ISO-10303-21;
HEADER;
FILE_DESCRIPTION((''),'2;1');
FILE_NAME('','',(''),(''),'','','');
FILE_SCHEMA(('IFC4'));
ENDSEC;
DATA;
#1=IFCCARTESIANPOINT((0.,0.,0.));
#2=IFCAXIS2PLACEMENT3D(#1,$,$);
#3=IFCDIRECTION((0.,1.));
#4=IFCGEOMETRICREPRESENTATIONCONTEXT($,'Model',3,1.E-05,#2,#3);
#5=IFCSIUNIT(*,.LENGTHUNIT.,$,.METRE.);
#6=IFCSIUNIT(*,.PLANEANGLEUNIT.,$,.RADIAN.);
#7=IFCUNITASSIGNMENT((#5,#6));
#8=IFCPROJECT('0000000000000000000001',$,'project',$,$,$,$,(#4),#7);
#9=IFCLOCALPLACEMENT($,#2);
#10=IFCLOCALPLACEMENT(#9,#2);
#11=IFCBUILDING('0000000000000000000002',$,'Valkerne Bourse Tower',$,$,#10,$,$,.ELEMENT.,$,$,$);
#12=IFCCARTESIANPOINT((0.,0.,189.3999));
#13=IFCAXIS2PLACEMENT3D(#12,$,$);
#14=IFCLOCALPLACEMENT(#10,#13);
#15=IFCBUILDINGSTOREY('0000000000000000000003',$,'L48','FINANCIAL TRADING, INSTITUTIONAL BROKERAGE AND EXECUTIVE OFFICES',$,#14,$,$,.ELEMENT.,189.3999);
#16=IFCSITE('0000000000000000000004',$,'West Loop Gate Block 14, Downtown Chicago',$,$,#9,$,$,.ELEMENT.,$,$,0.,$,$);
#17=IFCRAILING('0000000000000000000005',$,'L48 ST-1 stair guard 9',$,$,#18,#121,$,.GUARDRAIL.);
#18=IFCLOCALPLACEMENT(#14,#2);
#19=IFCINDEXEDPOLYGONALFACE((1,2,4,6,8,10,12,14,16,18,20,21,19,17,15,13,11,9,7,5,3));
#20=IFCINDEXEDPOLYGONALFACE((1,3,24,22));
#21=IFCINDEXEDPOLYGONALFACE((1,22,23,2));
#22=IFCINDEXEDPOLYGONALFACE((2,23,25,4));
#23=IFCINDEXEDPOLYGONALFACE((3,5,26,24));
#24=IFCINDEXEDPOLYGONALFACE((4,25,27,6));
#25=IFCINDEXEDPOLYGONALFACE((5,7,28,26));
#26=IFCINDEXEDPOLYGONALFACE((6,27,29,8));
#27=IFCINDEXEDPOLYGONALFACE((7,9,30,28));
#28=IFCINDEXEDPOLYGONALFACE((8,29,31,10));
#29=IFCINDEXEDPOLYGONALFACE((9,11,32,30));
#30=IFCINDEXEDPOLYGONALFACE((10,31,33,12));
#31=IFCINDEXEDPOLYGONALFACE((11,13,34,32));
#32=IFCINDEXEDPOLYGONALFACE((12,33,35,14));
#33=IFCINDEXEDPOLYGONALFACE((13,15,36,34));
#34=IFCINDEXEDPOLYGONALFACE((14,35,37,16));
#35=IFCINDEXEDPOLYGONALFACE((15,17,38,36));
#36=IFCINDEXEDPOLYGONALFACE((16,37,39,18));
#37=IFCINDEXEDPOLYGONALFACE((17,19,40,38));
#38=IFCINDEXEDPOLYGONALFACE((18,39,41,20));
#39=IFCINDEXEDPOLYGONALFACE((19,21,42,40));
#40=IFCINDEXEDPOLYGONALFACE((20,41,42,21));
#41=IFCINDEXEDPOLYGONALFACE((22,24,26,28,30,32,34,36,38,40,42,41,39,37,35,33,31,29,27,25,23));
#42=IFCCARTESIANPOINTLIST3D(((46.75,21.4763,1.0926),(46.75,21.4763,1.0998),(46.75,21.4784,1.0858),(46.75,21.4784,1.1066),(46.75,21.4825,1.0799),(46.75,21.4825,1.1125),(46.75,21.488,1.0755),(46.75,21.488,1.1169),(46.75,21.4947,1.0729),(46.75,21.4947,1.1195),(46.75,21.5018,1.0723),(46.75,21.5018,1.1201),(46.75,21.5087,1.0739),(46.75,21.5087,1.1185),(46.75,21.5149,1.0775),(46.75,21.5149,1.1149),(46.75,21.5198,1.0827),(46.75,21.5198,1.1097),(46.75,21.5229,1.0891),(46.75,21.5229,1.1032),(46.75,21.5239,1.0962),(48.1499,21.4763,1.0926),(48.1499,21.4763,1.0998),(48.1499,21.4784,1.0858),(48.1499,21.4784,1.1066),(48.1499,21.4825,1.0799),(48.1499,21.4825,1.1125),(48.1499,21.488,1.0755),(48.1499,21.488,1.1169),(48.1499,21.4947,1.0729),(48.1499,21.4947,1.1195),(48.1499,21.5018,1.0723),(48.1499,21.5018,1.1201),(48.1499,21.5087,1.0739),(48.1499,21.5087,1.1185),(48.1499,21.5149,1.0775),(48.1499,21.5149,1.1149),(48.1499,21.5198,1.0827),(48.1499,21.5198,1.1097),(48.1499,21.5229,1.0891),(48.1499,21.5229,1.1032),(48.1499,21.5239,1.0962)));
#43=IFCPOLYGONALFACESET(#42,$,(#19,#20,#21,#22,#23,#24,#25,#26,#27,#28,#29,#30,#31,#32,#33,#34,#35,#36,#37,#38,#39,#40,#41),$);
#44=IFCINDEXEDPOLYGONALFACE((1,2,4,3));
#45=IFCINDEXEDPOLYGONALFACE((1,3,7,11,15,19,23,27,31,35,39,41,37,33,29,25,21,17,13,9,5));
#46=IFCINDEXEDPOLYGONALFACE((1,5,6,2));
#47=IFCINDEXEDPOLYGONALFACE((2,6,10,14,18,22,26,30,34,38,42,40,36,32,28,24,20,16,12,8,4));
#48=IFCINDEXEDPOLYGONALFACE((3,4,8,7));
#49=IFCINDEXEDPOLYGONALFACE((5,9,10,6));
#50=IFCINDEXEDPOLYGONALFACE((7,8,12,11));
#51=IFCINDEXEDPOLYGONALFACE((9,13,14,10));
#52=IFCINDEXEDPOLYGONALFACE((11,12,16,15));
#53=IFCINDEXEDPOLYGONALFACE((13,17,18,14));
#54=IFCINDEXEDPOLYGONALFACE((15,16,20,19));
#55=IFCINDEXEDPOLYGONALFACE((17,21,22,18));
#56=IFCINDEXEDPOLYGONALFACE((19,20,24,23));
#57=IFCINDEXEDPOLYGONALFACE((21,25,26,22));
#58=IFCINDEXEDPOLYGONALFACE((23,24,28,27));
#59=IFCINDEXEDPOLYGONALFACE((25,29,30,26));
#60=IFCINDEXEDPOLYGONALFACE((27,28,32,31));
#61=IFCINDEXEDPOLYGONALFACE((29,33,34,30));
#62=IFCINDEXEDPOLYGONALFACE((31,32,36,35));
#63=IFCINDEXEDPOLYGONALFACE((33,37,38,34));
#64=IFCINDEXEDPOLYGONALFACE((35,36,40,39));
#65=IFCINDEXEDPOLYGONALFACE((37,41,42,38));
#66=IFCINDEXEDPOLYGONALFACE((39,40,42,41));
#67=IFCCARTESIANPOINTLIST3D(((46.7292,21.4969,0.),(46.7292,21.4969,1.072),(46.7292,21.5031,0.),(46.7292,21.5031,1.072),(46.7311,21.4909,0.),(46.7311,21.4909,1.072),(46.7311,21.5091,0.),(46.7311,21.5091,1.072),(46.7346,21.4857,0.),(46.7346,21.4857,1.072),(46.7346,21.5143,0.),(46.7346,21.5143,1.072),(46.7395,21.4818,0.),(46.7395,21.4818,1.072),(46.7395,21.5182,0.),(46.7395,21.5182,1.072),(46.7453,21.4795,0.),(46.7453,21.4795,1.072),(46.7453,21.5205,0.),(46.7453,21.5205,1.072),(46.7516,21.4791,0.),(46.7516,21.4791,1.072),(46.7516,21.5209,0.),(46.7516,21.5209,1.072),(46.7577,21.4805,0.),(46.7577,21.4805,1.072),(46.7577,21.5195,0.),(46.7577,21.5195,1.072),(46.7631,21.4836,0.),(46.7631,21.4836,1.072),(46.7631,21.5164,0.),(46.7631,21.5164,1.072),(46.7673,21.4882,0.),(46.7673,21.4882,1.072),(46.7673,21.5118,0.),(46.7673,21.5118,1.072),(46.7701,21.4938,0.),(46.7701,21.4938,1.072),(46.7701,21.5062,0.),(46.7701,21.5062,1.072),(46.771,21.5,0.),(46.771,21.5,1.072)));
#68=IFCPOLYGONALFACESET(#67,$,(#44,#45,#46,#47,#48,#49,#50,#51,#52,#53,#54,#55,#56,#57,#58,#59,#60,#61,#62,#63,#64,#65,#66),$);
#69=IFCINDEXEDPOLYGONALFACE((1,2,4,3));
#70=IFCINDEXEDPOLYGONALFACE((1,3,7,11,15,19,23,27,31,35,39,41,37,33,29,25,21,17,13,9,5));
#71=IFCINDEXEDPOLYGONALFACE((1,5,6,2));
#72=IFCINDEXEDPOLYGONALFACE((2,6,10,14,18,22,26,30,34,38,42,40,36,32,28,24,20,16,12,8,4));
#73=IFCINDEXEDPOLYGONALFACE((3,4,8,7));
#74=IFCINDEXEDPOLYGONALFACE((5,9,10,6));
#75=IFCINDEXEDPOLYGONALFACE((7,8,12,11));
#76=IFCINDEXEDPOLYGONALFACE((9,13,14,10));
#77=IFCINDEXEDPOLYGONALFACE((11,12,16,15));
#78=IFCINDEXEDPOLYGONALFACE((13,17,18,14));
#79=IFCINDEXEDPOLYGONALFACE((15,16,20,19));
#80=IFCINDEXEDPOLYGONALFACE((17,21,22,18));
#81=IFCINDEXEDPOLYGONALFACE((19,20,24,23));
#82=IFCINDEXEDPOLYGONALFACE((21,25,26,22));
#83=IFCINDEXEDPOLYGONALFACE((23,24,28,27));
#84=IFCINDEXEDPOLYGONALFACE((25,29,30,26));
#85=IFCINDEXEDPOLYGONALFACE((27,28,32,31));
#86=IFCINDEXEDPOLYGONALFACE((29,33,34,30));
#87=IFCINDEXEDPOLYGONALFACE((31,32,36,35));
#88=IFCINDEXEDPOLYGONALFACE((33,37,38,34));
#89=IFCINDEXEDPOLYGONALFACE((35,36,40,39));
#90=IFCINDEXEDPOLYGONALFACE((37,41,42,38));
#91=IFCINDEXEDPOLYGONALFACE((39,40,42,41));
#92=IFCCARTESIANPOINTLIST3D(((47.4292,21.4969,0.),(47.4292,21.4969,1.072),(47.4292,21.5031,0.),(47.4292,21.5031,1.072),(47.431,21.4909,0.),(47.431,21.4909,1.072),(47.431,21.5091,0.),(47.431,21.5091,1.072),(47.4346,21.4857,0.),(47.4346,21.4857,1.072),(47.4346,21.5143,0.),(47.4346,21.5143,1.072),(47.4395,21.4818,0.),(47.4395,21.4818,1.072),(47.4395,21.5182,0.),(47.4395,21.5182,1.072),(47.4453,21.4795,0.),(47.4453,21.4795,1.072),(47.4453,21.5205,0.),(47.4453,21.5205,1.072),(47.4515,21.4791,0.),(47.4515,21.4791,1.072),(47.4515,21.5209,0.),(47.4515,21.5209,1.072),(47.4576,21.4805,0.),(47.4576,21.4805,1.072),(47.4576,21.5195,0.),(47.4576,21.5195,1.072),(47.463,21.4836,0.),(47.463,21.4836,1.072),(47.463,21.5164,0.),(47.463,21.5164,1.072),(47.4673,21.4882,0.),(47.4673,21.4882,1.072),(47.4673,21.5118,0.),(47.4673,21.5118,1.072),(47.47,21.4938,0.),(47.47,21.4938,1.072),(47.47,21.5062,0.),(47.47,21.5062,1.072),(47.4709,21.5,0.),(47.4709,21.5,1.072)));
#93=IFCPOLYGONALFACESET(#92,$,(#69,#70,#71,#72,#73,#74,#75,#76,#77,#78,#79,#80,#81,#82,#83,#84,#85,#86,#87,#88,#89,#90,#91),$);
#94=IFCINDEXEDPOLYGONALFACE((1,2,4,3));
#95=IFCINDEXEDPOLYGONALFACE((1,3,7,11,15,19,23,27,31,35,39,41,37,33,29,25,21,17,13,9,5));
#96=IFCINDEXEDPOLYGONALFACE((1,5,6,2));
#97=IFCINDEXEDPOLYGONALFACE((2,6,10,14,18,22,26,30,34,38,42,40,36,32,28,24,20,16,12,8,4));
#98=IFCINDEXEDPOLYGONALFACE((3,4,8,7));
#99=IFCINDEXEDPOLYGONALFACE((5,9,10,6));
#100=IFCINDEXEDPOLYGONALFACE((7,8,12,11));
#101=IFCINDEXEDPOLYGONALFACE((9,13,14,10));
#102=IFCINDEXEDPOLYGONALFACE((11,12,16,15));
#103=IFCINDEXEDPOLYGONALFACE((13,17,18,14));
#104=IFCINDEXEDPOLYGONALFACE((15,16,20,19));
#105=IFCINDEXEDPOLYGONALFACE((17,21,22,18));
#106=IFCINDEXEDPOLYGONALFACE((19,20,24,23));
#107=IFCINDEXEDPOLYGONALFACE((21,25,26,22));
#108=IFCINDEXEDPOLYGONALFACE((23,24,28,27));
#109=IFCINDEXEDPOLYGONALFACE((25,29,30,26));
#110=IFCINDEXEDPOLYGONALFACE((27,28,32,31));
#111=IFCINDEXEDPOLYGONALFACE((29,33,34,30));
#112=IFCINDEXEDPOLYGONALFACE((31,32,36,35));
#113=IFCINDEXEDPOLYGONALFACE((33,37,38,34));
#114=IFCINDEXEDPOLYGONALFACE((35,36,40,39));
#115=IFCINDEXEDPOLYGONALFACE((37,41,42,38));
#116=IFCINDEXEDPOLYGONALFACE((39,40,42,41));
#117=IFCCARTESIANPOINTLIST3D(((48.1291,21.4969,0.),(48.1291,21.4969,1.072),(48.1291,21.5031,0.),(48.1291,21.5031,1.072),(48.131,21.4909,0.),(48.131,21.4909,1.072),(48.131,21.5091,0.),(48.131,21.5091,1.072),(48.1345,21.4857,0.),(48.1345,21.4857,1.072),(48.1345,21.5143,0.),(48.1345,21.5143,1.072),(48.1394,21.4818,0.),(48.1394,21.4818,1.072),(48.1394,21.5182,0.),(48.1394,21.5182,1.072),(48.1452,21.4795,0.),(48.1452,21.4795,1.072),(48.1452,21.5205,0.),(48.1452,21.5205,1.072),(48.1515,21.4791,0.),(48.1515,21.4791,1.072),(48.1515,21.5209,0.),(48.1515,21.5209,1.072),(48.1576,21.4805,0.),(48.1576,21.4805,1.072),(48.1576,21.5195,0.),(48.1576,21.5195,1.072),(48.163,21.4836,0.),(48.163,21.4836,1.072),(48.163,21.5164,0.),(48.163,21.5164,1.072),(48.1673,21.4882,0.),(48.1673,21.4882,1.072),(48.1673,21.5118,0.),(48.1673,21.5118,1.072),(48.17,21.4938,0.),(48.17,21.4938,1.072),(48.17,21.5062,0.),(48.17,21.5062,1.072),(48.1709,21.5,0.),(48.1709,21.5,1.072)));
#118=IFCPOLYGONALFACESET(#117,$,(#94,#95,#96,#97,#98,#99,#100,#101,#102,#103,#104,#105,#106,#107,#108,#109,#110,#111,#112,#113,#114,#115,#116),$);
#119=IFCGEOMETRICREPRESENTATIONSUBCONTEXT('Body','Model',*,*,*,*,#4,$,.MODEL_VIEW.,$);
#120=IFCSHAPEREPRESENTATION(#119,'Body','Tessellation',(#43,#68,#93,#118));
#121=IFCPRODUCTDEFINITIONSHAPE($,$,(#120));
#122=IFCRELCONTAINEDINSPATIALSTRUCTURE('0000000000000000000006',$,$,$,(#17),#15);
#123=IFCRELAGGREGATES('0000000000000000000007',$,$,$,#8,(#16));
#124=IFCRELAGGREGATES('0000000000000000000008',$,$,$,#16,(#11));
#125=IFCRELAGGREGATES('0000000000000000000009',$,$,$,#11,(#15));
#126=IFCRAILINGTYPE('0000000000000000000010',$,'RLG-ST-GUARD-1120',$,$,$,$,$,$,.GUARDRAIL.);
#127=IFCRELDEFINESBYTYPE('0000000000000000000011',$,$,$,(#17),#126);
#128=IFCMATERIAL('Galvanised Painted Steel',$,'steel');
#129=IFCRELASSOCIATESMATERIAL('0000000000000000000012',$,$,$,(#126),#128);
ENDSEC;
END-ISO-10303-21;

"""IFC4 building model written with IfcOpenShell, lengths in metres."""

from ifc_helpers import new_model, si_unit, direction, frame, origin, origin_2d, place, context, subcontext, project, spatial, circle, extrude, material, type_object, element, save


model = new_model("IFC4")

# Units and contexts
model_context = context("Model", 3, precision=1e-05, world=origin(), true_north=direction((0.0, 1.0)))
body_context = subcontext(model_context, "Body", "Model", "MODEL_VIEW")
ifc_project = project(units=[si_unit("LENGTHUNIT", "METRE"), si_unit("PLANEANGLEUNIT", "RADIAN")], contexts=[model_context])

# Site, building, storey
site_placement = place(None, origin())
site = spatial("IfcSite", under=ifc_project, at=site_placement, Name="West Loop Gate Block 14, Downtown Chicago", CompositionType="ELEMENT", RefElevation=0.0)
building_placement = place(site_placement, origin())
building = spatial("IfcBuilding", under=site, at=building_placement, Name="Valkerne Bourse Tower", CompositionType="ELEMENT")
storey_placement = place(building_placement, frame((0.0, 0.0, 189.3999)))
storey = spatial("IfcBuildingStorey", under=building, at=storey_placement, Name="L48", Description="FINANCIAL TRADING, INSTITUTIONAL BROKERAGE AND EXECUTIVE OFFICES", CompositionType="ELEMENT", Elevation=189.3999)

# Shared definitions
ifc_material_1 = material(Name="Galvanised Painted Steel", Category="steel")

# Railing
railing_type_1 = type_object("IfcRailingType", Name="RLG-ST-GUARD-1120", PredefinedType="GUARDRAIL", material=ifc_material_1)
for number, where, name in (
    (1, (46.75, 21.5, 0.0), "L48 ST-1 stair guard 9"),
):
    element("IfcRailing", number, at=place(storey_placement, frame(where)), inside=storey, type_object=railing_type_1, Name=name, PredefinedType="GUARDRAIL", context=body_context, shape_type="SweptSolid", body=[
        extrude(circle(Radius=0.0239, at=origin_2d()), frame((0.0, 0.0, 1.0962), z_axis=(1.0, 0.0, 0.0), x_axis=(0.0, 1.0, 0.0)), (0.0, 0.0, 1.0), 1.3999),
        extrude(circle(Radius=0.021, at=origin_2d()), origin(), (0.0, 0.0, 1.0), 1.072),
        extrude(circle(Radius=0.021, at=origin_2d()), frame((0.7, 0.0, 0.0)), (0.0, 0.0, 1.0), 1.072),
        extrude(circle(Radius=0.021, at=origin_2d()), frame((1.3999, 0.0, 0.0)), (0.0, 0.0, 1.0), 1.072),
    ])

save(model, "model.ifc")
